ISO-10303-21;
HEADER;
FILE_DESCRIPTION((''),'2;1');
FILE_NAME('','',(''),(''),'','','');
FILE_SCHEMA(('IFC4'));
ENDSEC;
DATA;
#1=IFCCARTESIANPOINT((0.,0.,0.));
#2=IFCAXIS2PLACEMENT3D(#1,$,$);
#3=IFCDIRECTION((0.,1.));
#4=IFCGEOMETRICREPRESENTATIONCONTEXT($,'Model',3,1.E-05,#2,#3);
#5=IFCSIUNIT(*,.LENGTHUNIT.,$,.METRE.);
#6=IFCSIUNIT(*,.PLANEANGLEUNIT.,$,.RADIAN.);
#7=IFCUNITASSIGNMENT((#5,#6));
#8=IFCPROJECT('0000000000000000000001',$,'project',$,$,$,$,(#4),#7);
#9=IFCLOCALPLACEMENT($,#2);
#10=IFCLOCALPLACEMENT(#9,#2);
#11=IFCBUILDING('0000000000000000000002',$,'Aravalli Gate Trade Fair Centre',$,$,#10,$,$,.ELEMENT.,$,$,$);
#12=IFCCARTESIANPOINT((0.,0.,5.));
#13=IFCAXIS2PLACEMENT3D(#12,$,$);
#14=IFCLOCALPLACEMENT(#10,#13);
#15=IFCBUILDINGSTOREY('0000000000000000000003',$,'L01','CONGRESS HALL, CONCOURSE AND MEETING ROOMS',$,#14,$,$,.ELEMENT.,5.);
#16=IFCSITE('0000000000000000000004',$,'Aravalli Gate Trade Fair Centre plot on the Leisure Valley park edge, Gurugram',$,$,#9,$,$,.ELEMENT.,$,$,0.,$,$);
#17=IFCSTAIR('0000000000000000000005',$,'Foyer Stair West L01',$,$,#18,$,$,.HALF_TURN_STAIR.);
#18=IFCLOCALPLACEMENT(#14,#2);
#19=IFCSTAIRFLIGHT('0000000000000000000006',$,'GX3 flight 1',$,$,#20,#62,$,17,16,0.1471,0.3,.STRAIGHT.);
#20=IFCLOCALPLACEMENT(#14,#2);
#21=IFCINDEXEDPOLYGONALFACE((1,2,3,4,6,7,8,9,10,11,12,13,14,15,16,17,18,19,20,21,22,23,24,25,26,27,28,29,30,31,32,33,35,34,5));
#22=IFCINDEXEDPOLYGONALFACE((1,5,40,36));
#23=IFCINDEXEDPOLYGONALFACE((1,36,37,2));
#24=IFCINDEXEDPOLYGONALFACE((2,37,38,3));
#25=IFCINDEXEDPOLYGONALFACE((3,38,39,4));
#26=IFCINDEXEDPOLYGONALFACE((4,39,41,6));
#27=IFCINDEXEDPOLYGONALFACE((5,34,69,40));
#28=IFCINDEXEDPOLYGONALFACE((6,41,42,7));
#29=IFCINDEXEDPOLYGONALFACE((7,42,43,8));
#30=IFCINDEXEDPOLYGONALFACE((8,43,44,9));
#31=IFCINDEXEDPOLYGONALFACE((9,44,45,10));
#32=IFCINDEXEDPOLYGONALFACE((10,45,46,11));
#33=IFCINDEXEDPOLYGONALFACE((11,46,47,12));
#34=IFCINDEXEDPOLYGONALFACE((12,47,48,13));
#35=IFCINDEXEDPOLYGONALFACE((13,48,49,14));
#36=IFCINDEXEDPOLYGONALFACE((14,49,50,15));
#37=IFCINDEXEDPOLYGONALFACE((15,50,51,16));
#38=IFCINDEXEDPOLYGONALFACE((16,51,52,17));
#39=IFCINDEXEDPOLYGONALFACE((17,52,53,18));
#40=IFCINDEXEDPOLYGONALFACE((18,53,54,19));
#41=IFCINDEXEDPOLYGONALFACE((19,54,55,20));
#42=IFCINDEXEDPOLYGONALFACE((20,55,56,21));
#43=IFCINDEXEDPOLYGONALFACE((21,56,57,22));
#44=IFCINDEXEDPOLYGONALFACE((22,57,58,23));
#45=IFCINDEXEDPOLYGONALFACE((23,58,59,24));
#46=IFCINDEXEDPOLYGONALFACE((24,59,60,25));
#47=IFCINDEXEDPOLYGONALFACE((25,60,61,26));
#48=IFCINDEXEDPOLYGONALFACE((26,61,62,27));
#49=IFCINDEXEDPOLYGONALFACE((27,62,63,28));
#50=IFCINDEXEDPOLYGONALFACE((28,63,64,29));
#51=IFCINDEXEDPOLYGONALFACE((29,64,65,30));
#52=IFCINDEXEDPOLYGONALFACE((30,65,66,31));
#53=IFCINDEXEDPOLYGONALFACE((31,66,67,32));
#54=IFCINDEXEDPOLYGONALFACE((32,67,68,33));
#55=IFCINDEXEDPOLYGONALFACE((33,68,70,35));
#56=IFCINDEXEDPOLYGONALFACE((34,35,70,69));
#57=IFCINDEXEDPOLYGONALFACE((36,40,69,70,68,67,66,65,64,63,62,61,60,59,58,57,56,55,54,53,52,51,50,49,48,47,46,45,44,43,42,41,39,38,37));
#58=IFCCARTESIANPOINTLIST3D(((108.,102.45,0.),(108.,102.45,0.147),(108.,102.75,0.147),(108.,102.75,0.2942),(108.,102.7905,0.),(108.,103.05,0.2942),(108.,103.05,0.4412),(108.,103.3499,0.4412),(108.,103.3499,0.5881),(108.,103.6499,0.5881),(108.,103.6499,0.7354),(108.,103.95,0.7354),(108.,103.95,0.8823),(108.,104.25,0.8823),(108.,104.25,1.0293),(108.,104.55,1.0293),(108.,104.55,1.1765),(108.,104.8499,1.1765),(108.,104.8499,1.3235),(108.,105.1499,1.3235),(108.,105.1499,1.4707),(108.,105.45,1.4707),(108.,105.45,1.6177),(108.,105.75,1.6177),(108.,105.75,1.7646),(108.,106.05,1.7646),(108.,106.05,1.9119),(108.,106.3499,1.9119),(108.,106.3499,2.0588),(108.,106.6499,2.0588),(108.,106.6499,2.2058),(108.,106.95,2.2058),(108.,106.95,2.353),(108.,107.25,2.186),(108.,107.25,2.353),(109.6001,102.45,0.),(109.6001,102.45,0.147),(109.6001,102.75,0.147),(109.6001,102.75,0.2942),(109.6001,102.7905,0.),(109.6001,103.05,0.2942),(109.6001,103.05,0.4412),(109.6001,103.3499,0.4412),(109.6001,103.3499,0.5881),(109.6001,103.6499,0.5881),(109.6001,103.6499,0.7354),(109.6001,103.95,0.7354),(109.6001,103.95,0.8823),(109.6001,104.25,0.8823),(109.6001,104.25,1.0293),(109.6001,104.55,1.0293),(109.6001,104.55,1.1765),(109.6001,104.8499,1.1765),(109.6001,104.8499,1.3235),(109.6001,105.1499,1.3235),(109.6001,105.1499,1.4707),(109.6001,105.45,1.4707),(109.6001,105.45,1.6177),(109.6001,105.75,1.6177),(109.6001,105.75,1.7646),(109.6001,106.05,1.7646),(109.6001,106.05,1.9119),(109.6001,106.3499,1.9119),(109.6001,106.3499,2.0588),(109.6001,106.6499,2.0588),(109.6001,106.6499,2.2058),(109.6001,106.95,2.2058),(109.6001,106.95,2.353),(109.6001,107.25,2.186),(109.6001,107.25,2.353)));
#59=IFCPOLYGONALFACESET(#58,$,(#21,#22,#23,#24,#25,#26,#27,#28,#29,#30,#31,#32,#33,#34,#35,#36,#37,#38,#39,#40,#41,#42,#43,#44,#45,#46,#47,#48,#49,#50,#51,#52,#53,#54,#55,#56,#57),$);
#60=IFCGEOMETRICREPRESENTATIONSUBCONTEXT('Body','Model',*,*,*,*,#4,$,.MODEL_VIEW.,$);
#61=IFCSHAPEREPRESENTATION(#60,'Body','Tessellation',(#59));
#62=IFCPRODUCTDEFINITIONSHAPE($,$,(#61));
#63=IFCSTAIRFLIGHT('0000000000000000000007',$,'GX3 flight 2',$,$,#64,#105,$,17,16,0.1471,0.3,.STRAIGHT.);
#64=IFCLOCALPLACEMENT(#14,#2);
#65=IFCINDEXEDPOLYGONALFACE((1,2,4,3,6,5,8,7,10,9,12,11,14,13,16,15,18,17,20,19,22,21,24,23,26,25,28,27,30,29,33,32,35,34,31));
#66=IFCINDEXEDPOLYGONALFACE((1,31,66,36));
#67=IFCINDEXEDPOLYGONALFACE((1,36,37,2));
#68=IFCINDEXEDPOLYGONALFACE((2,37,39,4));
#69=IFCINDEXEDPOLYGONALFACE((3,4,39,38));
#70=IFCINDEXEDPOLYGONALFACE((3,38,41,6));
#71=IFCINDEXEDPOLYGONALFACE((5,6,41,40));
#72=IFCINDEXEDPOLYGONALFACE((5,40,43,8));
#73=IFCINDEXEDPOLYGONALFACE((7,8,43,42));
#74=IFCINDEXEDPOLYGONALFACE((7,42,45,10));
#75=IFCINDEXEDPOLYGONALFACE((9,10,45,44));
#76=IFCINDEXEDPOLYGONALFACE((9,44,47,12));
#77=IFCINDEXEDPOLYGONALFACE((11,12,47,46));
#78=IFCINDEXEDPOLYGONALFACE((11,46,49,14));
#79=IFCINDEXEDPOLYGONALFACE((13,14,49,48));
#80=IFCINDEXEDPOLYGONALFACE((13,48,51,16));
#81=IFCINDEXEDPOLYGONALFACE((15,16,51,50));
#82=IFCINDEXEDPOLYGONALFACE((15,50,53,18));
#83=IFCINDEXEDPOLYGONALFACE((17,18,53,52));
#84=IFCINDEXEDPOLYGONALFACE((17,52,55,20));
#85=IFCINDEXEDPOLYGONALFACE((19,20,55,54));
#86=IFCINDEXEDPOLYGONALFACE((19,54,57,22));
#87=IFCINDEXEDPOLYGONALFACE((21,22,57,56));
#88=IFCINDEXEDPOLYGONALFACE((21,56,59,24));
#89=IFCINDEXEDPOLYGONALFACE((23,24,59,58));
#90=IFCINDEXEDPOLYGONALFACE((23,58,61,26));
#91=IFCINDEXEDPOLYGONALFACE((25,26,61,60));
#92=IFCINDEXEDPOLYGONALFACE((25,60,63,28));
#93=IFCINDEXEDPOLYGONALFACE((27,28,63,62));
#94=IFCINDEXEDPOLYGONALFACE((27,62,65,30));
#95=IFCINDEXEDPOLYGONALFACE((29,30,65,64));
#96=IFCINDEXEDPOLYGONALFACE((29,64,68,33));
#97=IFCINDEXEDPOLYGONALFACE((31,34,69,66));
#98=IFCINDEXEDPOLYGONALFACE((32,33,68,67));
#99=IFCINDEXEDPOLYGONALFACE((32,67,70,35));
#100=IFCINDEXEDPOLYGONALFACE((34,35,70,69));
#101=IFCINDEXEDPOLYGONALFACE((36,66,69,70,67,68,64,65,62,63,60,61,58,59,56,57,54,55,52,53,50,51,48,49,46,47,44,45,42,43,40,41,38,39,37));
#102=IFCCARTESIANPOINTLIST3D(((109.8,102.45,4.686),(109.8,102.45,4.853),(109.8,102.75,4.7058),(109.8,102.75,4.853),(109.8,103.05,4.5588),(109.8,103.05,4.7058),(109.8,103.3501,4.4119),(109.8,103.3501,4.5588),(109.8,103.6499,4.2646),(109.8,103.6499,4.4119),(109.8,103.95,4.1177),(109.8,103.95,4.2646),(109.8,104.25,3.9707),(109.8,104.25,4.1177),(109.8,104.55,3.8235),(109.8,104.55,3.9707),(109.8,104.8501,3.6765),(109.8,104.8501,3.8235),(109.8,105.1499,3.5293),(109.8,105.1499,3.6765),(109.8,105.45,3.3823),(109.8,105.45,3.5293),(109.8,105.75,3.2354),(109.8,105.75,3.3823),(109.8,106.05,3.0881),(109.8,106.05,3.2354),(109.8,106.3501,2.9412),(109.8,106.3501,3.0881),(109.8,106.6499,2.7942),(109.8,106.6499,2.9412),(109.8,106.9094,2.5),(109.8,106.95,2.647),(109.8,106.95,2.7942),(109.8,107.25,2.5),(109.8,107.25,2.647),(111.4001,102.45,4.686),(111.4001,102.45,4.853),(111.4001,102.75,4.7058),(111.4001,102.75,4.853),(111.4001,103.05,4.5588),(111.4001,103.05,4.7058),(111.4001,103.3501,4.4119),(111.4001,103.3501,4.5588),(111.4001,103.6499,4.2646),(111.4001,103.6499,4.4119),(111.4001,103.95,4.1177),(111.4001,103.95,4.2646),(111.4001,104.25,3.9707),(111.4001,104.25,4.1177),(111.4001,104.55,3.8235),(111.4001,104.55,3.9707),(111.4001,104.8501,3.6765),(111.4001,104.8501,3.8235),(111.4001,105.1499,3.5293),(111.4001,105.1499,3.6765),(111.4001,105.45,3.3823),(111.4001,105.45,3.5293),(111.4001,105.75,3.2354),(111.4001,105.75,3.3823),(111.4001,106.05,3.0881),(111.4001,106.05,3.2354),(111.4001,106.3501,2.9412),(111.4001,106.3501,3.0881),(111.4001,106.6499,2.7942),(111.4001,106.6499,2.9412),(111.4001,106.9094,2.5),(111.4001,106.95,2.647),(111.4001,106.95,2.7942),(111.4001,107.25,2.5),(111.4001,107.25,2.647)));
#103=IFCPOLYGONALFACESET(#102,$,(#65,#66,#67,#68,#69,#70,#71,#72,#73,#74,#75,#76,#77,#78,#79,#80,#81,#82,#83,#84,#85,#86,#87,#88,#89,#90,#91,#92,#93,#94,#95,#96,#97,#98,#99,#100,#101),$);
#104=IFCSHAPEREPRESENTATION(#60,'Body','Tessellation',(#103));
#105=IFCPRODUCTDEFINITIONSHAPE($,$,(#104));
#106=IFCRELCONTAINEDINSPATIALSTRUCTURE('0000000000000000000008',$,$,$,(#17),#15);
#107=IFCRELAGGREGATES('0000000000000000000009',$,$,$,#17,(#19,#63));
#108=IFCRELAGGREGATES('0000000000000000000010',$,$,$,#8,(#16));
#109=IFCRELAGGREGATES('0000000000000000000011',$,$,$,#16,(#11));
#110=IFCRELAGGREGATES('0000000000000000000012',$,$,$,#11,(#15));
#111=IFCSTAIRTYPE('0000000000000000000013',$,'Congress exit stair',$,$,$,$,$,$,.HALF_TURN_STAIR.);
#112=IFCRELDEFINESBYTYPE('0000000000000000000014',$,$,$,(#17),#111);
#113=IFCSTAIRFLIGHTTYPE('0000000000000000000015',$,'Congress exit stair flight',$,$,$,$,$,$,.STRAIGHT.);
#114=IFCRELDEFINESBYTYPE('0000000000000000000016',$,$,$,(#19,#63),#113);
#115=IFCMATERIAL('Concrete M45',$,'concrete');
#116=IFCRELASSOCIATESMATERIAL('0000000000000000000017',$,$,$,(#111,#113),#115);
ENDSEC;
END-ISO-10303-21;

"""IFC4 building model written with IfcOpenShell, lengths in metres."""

from ifc_helpers import new_model, si_unit, direction, frame, origin, place, context, subcontext, project, spatial, polyline, outline, extrude, material, type_object, element, aggregate, save


model = new_model("IFC4")

# Units and contexts
model_context = context("Model", 3, precision=1e-05, world=origin(), true_north=direction((0.0, 1.0)))
body_context = subcontext(model_context, "Body", "Model", "MODEL_VIEW")
ifc_project = project(units=[si_unit("LENGTHUNIT", "METRE"), si_unit("PLANEANGLEUNIT", "RADIAN")], contexts=[model_context])

# Site, building, storey
site_placement = place(None, origin())
site = spatial("IfcSite", under=ifc_project, at=site_placement, Name="Aravalli Gate Trade Fair Centre plot on the Leisure Valley park edge, Gurugram", CompositionType="ELEMENT", RefElevation=0.0)
building_placement = place(site_placement, origin())
building = spatial("IfcBuilding", under=site, at=building_placement, Name="Aravalli Gate Trade Fair Centre", CompositionType="ELEMENT")
storey_placement = place(building_placement, frame((0.0, 0.0, 5.0)))
storey = spatial("IfcBuildingStorey", under=building, at=storey_placement, Name="L01", Description="CONGRESS HALL, CONCOURSE AND MEETING ROOMS", CompositionType="ELEMENT", Elevation=5.0)

# Shared definitions
ifc_material_1 = material(Name="Concrete M45", Category="concrete")

# Stair, stair flights
stair_type = type_object("IfcStairType", Name="Congress exit stair", PredefinedType="HALF_TURN_STAIR", material=ifc_material_1)
stair_placement = place(storey_placement, origin())
stair = element("IfcStair", 1, at=stair_placement, inside=storey, type_object=stair_type, Name="Foyer Stair West L01", PredefinedType="HALF_TURN_STAIR")
stair_flight_type = type_object("IfcStairFlightType", Name="Congress exit stair flight", PredefinedType="STRAIGHT", material=ifc_material_1)
stair_flight_1_placement = place(storey_placement, frame((108.8, 102.45, 0.0), z_axis=(0.0, 0.0, 1.0), x_axis=(0.0, 1.0, 0.0)))
stair_flight_1 = element("IfcStairFlight", 2, at=stair_flight_1_placement, type_object=stair_flight_type, Name="GX3 flight 1", NumberOfRisers=17, NumberOfTreads=16, PredefinedType="STRAIGHT", RiserHeight=0.1471, TreadLength=0.3, context=body_context, shape_type="SweptSolid", body=[
    extrude(outline(polyline([(0.0, 0.0), (0.0, 0.147), (0.3, 0.147), (0.3, 0.2942), (0.6001, 0.2942), (0.6001, 0.4412), (0.8999, 0.4412), (0.8999, 0.5881), (1.2, 0.5881), (1.2, 0.7354), (1.5, 0.7354), (1.5, 0.8823), (1.8, 0.8823), (1.8, 1.0293), (2.1001, 1.0293), (2.1001, 1.1765), (2.3999, 1.1765), (2.3999, 1.3235), (2.7, 1.3235), (2.7, 1.4707), (3.0, 1.4707), (3.0, 1.6177), (3.3, 1.6177), (3.3, 1.7646), (3.6001, 1.7646), (3.6001, 1.9119), (3.8999, 1.9119), (3.8999, 2.0588), (4.2, 2.0588), (4.2, 2.2058), (4.5, 2.2058), (4.5, 2.353), (4.8, 2.353), (4.8, 2.5), (4.8, 2.186), (0.3406, 0.0), (0.0, 0.0)])), frame((0.0, 0.8, 0.0), z_axis=(0.0, -1.0, 0.0), x_axis=(1.0, 0.0, 0.0)), (0.0, 0.0, 1.0), 1.6001),
])
stair_flight_2_placement = place(storey_placement, frame((110.6001, 107.25, 2.5), z_axis=(0.0, 0.0, 1.0), x_axis=(0.0, -1.0, 0.0)))
stair_flight_2 = element("IfcStairFlight", 3, at=stair_flight_2_placement, type_object=stair_flight_type, Name="GX3 flight 2", NumberOfRisers=17, NumberOfTreads=16, PredefinedType="STRAIGHT", RiserHeight=0.1471, TreadLength=0.3, context=body_context, shape_type="SweptSolid", body=[
    extrude(outline(polyline([(0.0, 0.0), (0.0, 0.147), (0.3, 0.147), (0.3, 0.2942), (0.6001, 0.2942), (0.6001, 0.4412), (0.8999, 0.4412), (0.8999, 0.5881), (1.2, 0.5881), (1.2, 0.7354), (1.5, 0.7354), (1.5, 0.8823), (1.8, 0.8823), (1.8, 1.0293), (2.1001, 1.0293), (2.1001, 1.1765), (2.3999, 1.1765), (2.3999, 1.3235), (2.7, 1.3235), (2.7, 1.4707), (3.0, 1.4707), (3.0, 1.6177), (3.3, 1.6177), (3.3, 1.7646), (3.6001, 1.7646), (3.6001, 1.9119), (3.8999, 1.9119), (3.8999, 2.0588), (4.2, 2.0588), (4.2, 2.2058), (4.5, 2.2058), (4.5, 2.353), (4.8, 2.353), (4.8, 2.5), (4.8, 2.186), (0.3406, 0.0), (0.0, 0.0)])), frame((0.0, 0.8, 0.0), z_axis=(0.0, -1.0, 0.0), x_axis=(1.0, 0.0, 0.0)), (0.0, 0.0, 1.0), 1.6001),
])
aggregate(stair, [stair_flight_1, stair_flight_2])

save(model, "model.ifc")
